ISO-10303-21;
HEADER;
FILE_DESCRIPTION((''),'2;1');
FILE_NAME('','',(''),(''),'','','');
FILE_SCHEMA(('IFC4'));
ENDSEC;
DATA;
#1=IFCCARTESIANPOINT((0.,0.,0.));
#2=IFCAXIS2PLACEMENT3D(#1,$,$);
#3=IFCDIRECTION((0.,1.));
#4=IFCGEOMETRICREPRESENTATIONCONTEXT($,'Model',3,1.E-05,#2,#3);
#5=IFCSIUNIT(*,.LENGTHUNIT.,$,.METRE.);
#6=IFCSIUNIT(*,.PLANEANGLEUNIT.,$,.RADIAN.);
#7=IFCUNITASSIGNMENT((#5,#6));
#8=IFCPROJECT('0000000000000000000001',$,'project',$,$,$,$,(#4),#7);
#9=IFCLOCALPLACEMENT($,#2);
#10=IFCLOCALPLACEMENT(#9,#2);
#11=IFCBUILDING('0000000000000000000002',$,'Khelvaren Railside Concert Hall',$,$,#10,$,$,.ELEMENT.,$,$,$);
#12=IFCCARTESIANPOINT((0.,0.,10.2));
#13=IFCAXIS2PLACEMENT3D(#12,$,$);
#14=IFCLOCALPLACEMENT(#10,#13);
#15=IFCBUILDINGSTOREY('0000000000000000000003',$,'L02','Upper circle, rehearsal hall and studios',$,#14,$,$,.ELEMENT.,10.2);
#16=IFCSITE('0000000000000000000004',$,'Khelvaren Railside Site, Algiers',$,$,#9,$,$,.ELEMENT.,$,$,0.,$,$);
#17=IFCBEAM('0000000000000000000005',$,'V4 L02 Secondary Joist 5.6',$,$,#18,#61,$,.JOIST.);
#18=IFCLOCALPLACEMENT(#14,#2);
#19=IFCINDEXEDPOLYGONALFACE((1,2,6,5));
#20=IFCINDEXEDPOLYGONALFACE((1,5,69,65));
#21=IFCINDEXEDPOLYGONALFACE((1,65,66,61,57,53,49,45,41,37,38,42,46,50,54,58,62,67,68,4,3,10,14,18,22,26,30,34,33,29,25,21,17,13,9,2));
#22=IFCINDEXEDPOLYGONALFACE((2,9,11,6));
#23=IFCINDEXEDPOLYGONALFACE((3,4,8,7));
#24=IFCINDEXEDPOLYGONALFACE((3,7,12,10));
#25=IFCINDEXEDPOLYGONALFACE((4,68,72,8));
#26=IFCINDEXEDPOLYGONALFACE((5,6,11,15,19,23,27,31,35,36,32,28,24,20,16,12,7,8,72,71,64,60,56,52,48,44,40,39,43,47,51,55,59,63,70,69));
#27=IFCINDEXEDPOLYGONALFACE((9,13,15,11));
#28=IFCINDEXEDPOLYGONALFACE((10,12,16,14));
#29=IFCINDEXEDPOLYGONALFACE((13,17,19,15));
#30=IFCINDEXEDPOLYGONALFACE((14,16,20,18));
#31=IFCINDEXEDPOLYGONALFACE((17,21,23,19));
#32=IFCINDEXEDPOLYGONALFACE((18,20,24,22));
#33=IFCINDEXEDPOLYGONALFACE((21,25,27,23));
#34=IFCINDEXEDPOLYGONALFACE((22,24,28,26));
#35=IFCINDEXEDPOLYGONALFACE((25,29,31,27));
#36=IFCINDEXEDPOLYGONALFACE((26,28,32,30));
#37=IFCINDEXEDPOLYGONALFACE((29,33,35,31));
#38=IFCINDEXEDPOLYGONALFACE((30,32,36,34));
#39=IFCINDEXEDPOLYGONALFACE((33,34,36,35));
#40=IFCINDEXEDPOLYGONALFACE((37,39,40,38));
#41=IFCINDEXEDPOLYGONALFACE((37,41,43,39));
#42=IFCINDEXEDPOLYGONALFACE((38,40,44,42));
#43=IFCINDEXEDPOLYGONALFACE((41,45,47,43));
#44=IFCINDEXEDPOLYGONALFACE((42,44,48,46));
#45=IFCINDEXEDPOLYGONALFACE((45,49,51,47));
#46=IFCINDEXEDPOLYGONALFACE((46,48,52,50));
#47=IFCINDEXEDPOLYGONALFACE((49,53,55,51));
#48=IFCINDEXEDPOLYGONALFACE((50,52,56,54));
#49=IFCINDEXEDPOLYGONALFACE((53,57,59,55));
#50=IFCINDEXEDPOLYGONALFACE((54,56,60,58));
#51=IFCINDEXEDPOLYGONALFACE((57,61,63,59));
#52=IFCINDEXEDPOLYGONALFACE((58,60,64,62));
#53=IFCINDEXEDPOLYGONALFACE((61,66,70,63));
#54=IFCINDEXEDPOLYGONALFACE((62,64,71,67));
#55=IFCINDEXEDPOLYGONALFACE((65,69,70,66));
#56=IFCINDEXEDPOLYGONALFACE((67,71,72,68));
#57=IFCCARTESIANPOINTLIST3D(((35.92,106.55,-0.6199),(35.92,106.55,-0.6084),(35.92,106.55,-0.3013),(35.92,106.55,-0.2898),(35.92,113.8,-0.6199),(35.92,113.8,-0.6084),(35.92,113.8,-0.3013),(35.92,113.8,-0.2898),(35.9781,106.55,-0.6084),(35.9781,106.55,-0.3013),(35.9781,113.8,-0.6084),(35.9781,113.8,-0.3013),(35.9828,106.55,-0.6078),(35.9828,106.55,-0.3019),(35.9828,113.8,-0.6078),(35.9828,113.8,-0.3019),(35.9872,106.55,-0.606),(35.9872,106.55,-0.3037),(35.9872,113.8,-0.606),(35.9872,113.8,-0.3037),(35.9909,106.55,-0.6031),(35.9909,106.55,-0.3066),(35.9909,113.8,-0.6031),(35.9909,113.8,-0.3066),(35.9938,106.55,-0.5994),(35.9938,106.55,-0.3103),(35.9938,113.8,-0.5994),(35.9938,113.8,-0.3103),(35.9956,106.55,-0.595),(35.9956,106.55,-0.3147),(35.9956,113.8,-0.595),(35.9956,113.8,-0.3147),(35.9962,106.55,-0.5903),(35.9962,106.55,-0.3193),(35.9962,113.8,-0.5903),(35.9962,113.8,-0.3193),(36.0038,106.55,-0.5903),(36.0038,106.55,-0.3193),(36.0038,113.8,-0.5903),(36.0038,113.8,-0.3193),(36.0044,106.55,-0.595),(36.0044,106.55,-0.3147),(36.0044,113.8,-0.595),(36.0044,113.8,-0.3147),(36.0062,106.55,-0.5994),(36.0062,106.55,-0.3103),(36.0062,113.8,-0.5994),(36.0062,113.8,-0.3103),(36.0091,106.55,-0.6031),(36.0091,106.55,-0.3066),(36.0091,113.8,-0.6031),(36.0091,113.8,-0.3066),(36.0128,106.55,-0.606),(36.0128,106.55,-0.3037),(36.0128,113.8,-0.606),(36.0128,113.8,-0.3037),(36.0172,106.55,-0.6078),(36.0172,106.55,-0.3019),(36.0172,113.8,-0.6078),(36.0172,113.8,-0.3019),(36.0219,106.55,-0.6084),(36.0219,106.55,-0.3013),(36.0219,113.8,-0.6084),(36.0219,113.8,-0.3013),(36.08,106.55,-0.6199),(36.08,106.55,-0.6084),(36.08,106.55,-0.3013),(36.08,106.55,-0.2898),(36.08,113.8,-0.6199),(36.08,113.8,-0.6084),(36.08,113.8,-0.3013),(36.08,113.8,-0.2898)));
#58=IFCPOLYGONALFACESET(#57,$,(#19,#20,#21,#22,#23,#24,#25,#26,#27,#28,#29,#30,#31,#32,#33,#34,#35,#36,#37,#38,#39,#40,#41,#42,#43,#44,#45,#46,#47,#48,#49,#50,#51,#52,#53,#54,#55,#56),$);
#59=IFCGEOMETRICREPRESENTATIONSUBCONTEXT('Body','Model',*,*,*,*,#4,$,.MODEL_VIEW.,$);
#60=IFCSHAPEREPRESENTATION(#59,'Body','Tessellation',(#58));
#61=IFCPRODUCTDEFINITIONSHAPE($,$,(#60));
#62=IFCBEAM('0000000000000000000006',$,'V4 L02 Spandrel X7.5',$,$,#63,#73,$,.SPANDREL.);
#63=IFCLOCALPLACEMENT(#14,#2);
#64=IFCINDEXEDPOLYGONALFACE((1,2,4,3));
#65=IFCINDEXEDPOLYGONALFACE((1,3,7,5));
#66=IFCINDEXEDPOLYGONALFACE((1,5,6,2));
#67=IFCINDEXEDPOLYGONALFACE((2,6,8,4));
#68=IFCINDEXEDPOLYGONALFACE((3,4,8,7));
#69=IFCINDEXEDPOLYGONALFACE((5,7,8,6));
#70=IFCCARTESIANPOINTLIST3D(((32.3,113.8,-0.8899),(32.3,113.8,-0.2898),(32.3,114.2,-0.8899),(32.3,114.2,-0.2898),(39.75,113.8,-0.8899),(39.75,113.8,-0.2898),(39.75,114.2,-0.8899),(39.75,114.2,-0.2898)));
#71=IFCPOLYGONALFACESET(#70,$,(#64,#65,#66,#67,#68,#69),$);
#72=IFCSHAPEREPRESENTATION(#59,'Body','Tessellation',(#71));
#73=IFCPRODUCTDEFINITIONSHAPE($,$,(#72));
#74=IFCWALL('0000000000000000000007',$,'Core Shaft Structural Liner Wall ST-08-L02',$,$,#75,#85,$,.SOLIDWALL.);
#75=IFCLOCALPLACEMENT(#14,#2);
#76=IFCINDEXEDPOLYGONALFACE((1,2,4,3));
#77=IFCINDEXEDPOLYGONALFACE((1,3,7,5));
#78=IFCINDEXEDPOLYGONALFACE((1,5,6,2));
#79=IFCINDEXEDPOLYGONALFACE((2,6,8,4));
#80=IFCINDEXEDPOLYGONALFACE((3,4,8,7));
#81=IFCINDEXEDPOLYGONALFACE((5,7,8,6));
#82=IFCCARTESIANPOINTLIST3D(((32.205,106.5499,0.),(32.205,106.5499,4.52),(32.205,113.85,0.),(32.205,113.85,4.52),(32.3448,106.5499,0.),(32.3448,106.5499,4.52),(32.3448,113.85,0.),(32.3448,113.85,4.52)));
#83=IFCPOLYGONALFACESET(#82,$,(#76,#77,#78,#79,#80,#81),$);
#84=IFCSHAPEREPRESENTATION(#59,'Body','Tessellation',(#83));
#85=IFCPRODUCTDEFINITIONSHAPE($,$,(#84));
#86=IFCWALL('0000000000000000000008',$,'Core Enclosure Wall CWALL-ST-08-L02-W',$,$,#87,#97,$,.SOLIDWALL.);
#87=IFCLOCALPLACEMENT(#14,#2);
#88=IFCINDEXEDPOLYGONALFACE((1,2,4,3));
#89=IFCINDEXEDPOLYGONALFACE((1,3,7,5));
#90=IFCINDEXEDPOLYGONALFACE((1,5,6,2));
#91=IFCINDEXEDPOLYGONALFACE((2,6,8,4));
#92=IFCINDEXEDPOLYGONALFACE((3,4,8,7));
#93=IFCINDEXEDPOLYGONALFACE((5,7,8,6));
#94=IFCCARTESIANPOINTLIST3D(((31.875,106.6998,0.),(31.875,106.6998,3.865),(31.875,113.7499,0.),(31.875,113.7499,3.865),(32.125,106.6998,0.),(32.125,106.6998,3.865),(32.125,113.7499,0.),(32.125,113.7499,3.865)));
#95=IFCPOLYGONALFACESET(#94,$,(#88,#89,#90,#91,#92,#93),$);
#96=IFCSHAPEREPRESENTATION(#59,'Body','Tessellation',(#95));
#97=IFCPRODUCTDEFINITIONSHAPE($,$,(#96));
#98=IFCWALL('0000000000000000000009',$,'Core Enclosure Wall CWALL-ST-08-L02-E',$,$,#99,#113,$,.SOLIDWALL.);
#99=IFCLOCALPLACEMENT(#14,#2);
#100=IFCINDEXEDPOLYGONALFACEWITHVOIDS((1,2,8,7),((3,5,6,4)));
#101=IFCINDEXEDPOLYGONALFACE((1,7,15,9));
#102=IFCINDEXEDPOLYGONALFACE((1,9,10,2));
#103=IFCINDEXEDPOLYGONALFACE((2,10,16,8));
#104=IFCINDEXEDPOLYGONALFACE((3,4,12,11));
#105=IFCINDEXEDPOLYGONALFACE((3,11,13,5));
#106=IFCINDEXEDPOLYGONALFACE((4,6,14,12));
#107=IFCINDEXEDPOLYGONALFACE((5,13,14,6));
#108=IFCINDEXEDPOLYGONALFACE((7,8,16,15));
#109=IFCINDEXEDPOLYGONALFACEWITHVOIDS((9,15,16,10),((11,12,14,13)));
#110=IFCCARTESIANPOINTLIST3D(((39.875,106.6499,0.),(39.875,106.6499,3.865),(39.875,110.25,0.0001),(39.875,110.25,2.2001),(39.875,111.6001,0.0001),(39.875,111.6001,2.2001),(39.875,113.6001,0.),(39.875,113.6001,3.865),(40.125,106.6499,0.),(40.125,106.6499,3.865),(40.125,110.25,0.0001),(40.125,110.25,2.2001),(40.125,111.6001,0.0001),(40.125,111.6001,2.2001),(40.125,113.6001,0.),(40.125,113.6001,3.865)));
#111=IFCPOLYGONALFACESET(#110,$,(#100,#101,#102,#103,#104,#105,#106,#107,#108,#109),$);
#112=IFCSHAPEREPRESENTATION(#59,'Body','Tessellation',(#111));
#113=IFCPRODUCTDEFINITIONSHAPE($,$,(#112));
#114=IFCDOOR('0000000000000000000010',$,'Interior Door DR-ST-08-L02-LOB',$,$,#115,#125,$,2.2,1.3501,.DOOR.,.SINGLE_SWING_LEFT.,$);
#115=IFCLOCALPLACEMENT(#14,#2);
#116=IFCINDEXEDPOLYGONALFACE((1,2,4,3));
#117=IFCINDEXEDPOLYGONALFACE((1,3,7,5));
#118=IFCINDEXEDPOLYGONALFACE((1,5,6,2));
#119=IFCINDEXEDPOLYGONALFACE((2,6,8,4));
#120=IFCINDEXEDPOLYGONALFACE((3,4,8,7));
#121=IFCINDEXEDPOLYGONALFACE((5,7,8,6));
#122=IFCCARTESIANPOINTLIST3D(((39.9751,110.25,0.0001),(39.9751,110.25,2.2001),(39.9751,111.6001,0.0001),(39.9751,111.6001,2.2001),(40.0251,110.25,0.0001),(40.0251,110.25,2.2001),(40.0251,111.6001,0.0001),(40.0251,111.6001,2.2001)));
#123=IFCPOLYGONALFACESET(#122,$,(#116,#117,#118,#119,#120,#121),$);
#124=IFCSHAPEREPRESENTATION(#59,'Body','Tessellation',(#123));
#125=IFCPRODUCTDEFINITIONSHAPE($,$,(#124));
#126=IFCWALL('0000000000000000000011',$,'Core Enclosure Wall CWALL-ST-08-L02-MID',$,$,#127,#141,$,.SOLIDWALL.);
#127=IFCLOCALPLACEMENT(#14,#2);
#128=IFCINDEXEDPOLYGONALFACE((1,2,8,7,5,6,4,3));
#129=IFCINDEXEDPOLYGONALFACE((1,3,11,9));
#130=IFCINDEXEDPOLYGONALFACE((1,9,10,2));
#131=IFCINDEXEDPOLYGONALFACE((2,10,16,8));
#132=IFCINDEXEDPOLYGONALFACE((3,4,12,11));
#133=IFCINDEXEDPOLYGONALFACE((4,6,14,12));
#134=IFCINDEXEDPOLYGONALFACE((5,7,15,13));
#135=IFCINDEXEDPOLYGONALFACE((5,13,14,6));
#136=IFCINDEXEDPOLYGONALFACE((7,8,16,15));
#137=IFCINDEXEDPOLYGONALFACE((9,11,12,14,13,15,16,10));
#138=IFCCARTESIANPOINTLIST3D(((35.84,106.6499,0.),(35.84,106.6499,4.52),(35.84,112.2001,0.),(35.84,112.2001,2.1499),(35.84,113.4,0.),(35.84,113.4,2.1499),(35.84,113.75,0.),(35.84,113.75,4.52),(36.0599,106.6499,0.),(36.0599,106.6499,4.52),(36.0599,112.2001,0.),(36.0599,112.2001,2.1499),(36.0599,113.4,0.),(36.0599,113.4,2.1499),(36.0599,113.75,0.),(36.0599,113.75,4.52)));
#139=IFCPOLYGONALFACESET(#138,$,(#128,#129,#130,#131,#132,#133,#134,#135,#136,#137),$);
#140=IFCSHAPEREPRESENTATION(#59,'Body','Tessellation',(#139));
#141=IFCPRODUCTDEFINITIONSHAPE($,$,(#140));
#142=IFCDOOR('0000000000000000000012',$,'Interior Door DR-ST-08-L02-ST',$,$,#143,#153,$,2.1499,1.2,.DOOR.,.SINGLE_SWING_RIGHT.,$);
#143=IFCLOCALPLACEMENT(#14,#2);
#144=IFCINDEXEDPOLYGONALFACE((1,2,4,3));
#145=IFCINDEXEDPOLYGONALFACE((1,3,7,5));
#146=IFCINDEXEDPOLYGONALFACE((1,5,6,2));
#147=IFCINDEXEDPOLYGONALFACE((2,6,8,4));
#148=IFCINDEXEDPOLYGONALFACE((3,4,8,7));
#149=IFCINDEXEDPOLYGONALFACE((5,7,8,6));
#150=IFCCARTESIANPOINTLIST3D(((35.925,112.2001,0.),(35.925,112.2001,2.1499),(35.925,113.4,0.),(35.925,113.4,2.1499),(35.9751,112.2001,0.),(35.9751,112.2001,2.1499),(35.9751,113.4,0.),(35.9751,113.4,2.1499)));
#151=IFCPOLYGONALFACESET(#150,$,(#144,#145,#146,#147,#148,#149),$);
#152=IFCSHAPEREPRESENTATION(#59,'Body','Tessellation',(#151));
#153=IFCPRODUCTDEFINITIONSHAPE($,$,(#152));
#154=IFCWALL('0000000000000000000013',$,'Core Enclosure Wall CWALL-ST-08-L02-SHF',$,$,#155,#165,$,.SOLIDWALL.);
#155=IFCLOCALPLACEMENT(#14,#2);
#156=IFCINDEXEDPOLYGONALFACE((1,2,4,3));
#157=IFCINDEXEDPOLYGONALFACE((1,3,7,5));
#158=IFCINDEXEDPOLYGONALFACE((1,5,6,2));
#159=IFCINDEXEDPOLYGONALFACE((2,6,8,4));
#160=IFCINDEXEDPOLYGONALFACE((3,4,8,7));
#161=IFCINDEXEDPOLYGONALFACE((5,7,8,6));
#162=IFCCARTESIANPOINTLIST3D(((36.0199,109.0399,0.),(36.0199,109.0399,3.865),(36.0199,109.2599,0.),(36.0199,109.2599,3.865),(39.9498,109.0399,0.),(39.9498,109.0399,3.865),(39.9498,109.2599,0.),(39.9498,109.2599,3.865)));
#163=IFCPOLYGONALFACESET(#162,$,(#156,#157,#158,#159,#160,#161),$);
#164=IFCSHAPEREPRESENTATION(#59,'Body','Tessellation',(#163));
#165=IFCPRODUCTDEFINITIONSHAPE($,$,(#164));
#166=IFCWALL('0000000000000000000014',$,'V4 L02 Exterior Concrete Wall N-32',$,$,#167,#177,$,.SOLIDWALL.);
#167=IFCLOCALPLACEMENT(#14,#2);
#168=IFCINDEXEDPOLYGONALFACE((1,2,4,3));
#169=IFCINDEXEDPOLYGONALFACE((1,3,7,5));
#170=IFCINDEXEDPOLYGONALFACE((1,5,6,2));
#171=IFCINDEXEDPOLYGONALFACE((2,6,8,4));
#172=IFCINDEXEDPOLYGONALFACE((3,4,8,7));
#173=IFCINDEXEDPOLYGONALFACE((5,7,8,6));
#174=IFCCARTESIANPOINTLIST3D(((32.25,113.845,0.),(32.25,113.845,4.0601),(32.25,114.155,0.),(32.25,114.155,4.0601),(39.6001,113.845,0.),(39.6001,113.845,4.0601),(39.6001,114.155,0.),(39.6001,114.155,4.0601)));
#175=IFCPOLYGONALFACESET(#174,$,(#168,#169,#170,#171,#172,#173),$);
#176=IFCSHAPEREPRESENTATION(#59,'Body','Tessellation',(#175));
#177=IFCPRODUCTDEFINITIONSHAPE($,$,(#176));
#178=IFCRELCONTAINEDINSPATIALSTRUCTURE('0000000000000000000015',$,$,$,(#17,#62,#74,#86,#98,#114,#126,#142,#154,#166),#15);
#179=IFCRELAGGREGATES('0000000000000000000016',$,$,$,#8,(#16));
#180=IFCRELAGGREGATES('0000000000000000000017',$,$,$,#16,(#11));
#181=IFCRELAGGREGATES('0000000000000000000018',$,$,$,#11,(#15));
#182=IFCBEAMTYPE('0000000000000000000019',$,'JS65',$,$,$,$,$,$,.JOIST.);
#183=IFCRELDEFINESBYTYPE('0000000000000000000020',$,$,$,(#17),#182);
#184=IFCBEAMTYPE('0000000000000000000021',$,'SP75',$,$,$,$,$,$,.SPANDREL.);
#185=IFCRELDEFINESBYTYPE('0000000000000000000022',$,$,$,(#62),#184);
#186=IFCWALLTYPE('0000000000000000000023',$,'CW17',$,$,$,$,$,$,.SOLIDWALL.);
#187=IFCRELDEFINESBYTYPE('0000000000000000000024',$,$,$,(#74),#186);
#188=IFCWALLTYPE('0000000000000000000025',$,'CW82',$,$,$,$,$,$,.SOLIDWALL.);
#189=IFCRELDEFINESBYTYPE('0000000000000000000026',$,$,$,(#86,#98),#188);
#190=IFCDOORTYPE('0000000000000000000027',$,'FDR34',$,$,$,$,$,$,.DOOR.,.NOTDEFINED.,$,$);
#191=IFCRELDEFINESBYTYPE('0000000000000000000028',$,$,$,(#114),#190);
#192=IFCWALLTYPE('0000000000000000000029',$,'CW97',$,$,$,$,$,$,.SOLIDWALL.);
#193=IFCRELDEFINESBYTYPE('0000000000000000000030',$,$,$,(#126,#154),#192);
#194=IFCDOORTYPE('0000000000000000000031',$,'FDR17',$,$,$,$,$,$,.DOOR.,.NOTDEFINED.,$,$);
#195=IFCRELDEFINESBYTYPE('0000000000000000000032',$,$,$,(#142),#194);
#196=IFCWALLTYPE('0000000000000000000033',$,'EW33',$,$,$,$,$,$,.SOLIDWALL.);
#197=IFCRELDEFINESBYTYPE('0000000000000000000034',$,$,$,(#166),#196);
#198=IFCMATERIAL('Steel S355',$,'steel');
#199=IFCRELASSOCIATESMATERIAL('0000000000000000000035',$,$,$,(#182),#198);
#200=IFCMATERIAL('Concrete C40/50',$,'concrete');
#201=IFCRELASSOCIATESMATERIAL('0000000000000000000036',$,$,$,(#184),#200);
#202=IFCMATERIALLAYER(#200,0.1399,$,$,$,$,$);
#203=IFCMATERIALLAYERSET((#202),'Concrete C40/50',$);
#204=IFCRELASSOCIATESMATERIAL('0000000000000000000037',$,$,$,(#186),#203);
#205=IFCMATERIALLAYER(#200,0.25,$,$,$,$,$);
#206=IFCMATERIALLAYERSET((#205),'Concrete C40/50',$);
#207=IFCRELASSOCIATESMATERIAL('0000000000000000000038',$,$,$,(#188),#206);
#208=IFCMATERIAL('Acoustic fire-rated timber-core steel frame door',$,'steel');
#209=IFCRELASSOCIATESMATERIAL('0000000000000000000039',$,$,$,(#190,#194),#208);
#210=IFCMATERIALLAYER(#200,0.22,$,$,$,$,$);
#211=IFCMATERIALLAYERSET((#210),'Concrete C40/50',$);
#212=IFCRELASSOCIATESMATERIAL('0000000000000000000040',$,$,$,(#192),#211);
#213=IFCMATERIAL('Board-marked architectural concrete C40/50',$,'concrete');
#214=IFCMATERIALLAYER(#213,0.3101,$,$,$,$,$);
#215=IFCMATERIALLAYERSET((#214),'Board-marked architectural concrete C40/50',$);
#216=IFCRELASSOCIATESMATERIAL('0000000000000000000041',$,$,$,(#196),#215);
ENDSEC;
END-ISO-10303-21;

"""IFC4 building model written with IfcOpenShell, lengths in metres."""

from ifc_helpers import new_model, si_unit, direction, frame, frame_2d, origin, origin_2d, place, context, subcontext, project, spatial, rectangle, i_section, extrude, material, layer, layer_set, material_profile, profile_set, type_object, element, fill, save


model = new_model("IFC4")

# Units and contexts
model_context = context("Model", 3, precision=1e-05, world=origin(), true_north=direction((0.0, 1.0)))
body_context = subcontext(model_context, "Body", "Model", "MODEL_VIEW")
ifc_project = project(units=[si_unit("LENGTHUNIT", "METRE"), si_unit("PLANEANGLEUNIT", "RADIAN")], contexts=[model_context])

# Site, building, storey
site_placement = place(None, origin())
site = spatial("IfcSite", under=ifc_project, at=site_placement, Name="Khelvaren Railside Site, Algiers", CompositionType="ELEMENT", RefElevation=0.0)
building_placement = place(site_placement, origin())
building = spatial("IfcBuilding", under=site, at=building_placement, Name="Khelvaren Railside Concert Hall", CompositionType="ELEMENT")
storey_placement = place(building_placement, frame((0.0, 0.0, 10.2)))
storey = spatial("IfcBuildingStorey", under=building, at=storey_placement, Name="L02", Description="Upper circle, rehearsal hall and studios", CompositionType="ELEMENT", Elevation=10.2)

# Beams
ifc_material_1 = material(Name="Steel S355", Category="steel")
ifc_material_2 = material(Name="Concrete C40/50", Category="concrete")
ifc_material_profile_1 = material_profile(ifc_material_1, i_section(OverallWidth=0.1599, OverallDepth=0.3301, WebThickness=0.0076, FlangeThickness=0.0115, FilletRadius=0.0181, at=origin_2d()), Name="IPE 330")
ifc_profile_set_1 = profile_set([ifc_material_profile_1], Name="Steel S355")
beam_type_1 = type_object("IfcBeamType", Name="JS65", PredefinedType="JOIST", material=ifc_profile_set_1)
beam_1_placement = place(storey_placement, frame((36.0, 106.55, -0.4548), z_axis=(0.0, 1.0, 0.0), x_axis=(-1.0, 0.0, 0.0)))
element("IfcBeam", 1, at=beam_1_placement, inside=storey, type_object=beam_type_1, Name="V4 L02 Secondary Joist 5.6", PredefinedType="JOIST", context=body_context, shape_type="SweptSolid", body=[
    extrude(i_section(OverallWidth=0.1599, OverallDepth=0.3301, WebThickness=0.0076, FlangeThickness=0.0115, FilletRadius=0.0181, at=origin_2d()), origin(), (0.0, 0.0, 1.0), 7.25),
])
ifc_material_profile_2 = material_profile(ifc_material_2, rectangle(XDim=0.3999, YDim=0.6001, at=origin_2d()), Name="RCB 400x600")
ifc_profile_set_2 = profile_set([ifc_material_profile_2], Name="Concrete C40/50")
beam_type_2 = type_object("IfcBeamType", Name="SP75", PredefinedType="SPANDREL", material=ifc_profile_set_2)
beam_2_placement = place(storey_placement, frame((32.3, 114.0, -0.5898), z_axis=(1.0, 0.0, 0.0), x_axis=(0.0, 1.0, 0.0)))
element("IfcBeam", 2, at=beam_2_placement, inside=storey, type_object=beam_type_2, Name="V4 L02 Spandrel X7.5", PredefinedType="SPANDREL", context=body_context, shape_type="SweptSolid", body=[
    extrude(rectangle(XDim=0.3999, YDim=0.6001, at=origin_2d()), origin(), (0.0, 0.0, 1.0), 7.45),
])

# Walls
ifc_layer_1 = layer(ifc_material_2, 0.1399)
ifc_layer_set_1 = layer_set([ifc_layer_1], Name="Concrete C40/50")
wall_type_1 = type_object("IfcWallType", Name="CW17", PredefinedType="SOLIDWALL", material=ifc_layer_set_1)
wall_1_placement = place(storey_placement, frame((32.2749, 106.55, 0.0), z_axis=(0.0, 0.0, 1.0), x_axis=(0.0, 1.0, 0.0)))
element("IfcWall", 3, at=wall_1_placement, inside=storey, type_object=wall_type_1, Name="Core Shaft Structural Liner Wall ST-08-L02", PredefinedType="SOLIDWALL", context=body_context, shape_type="SweptSolid", body=[
    extrude(rectangle(XDim=7.3, YDim=0.1399, at=frame_2d((3.6499, 0.0))), origin(), (0.0, 0.0, 1.0), 4.52),
])
ifc_layer_2 = layer(ifc_material_2, 0.25)
ifc_layer_set_2 = layer_set([ifc_layer_2], Name="Concrete C40/50")
wall_type_2 = type_object("IfcWallType", Name="CW82", PredefinedType="SOLIDWALL", material=ifc_layer_set_2)
wall_2_placement = place(storey_placement, frame((32.0, 106.7, 0.0), z_axis=(0.0, 0.0, 1.0), x_axis=(0.0, 1.0, 0.0)))
element("IfcWall", 4, at=wall_2_placement, inside=storey, type_object=wall_type_2, Name="Core Enclosure Wall CWALL-ST-08-L02-W", PredefinedType="SOLIDWALL", context=body_context, shape_type="SweptSolid", body=[
    extrude(rectangle(XDim=7.05, YDim=0.25, at=frame_2d((3.5249, 0.0))), origin(), (0.0, 0.0, 1.0), 3.865),
])

# Walls, openings, doors
wall_3_placement = place(storey_placement, frame((40.0, 106.6499, 0.0), z_axis=(0.0, 0.0, 1.0), x_axis=(0.0, 1.0, 0.0)))
wall_3 = element("IfcWall", 5, at=wall_3_placement, inside=storey, type_object=wall_type_2, Name="Core Enclosure Wall CWALL-ST-08-L02-E", PredefinedType="SOLIDWALL", context=body_context, shape_type="SweptSolid", body=[
    extrude(rectangle(XDim=6.9502, YDim=0.25, at=frame_2d((3.4751, 0.0))), origin(), (0.0, 0.0, 1.0), 3.865),
])
opening_1_placement = place(wall_3_placement, frame((3.6001, 0.0, 0.0)))
opening_1 = element("IfcOpeningElement", 6, at=opening_1_placement, cuts=wall_3, PredefinedType="OPENING", context=body_context, shape_type="SweptSolid", body=[
    extrude(rectangle(XDim=1.3501, YDim=2.2, at=frame_2d((0.675, 1.1001))), frame((0.0, 0.135, 0.0), z_axis=(0.0, -1.0, 0.0), x_axis=(1.0, 0.0, 0.0)), (0.0, 0.0, 1.0), 0.27),
])
ifc_material_3 = material(Name="Acoustic fire-rated timber-core steel frame door", Category="steel")
door_type_1 = type_object("IfcDoorType", Name="FDR34", OperationType="NOTDEFINED", PredefinedType="DOOR", material=ifc_material_3)
door_1_placement = place(opening_1_placement, origin())
door_1 = element("IfcDoor", 7, at=door_1_placement, inside=storey, type_object=door_type_1, Name="Interior Door DR-ST-08-L02-LOB", OperationType="SINGLE_SWING_LEFT", OverallHeight=2.2, OverallWidth=1.3501, PredefinedType="DOOR", context=body_context, shape_type="SweptSolid", body=[
    extrude(rectangle(XDim=1.3501, YDim=2.2, at=frame_2d((0.675, 1.1001))), frame((0.0, 0.0249, 0.0), z_axis=(0.0, -1.0, 0.0), x_axis=(1.0, 0.0, 0.0)), (0.0, 0.0, 1.0), 0.05),
])
fill(opening_1, door_1)
ifc_layer_3 = layer(ifc_material_2, 0.22)
ifc_layer_set_3 = layer_set([ifc_layer_3], Name="Concrete C40/50")
wall_type_3 = type_object("IfcWallType", Name="CW97", PredefinedType="SOLIDWALL", material=ifc_layer_set_3)
wall_4_placement = place(storey_placement, frame((35.95, 106.6499, 0.0), z_axis=(0.0, 0.0, 1.0), x_axis=(0.0, 1.0, 0.0)))
wall_4 = element("IfcWall", 8, at=wall_4_placement, inside=storey, type_object=wall_type_3, Name="Core Enclosure Wall CWALL-ST-08-L02-MID", PredefinedType="SOLIDWALL", context=body_context, shape_type="SweptSolid", body=[
    extrude(rectangle(XDim=7.1001, YDim=0.22, at=frame_2d((3.55, 0.0))), origin(), (0.0, 0.0, 1.0), 4.52),
])
opening_2_placement = place(wall_4_placement, frame((5.55, 0.0, 0.0)))
opening_2 = element("IfcOpeningElement", 9, at=opening_2_placement, cuts=wall_4, PredefinedType="OPENING", context=body_context, shape_type="SweptSolid", body=[
    extrude(rectangle(XDim=1.2, YDim=2.1499, at=frame_2d((0.6001, 1.075))), frame((0.0, 0.1199, 0.0), z_axis=(0.0, -1.0, 0.0), x_axis=(1.0, 0.0, 0.0)), (0.0, 0.0, 1.0), 0.24),
])
door_type_2 = type_object("IfcDoorType", Name="FDR17", OperationType="NOTDEFINED", PredefinedType="DOOR", material=ifc_material_3)
door_2_placement = place(opening_2_placement, origin())
door_2 = element("IfcDoor", 10, at=door_2_placement, inside=storey, type_object=door_type_2, Name="Interior Door DR-ST-08-L02-ST", OperationType="SINGLE_SWING_RIGHT", OverallHeight=2.1499, OverallWidth=1.2, PredefinedType="DOOR", context=body_context, shape_type="SweptSolid", body=[
    extrude(rectangle(XDim=1.2, YDim=2.1499, at=frame_2d((0.6001, 1.075))), frame((0.0, 0.0249, 0.0), z_axis=(0.0, -1.0, 0.0), x_axis=(1.0, 0.0, 0.0)), (0.0, 0.0, 1.0), 0.05),
])
fill(opening_2, door_2)

# Walls
wall_5_placement = place(storey_placement, frame((36.02, 109.1499, 0.0), z_axis=(0.0, 0.0, 1.0), x_axis=(1.0, 0.0, 0.0)))
element("IfcWall", 11, at=wall_5_placement, inside=storey, type_object=wall_type_3, Name="Core Enclosure Wall CWALL-ST-08-L02-SHF", PredefinedType="SOLIDWALL", context=body_context, shape_type="SweptSolid", body=[
    extrude(rectangle(XDim=3.9299, YDim=0.22, at=frame_2d((1.9648, 0.0))), origin(), (0.0, 0.0, 1.0), 3.865),
])
ifc_material_4 = material(Name="Board-marked architectural concrete C40/50", Category="concrete")
ifc_layer_4 = layer(ifc_material_4, 0.3101)
ifc_layer_set_4 = layer_set([ifc_layer_4], Name="Board-marked architectural concrete C40/50")
wall_type_4 = type_object("IfcWallType", Name="EW33", PredefinedType="SOLIDWALL", material=ifc_layer_set_4)
wall_6_placement = place(storey_placement, frame((32.25, 114.0, 0.0), z_axis=(0.0, 0.0, 1.0), x_axis=(1.0, 0.0, 0.0)))
element("IfcWall", 12, at=wall_6_placement, inside=storey, type_object=wall_type_4, Name="V4 L02 Exterior Concrete Wall N-32", PredefinedType="SOLIDWALL", context=body_context, shape_type="SweptSolid", body=[
    extrude(rectangle(XDim=7.3501, YDim=0.3101, at=frame_2d((3.675, 0.0))), origin(), (0.0, 0.0, 1.0), 4.0601),
])

save(model, "model.ifc")
